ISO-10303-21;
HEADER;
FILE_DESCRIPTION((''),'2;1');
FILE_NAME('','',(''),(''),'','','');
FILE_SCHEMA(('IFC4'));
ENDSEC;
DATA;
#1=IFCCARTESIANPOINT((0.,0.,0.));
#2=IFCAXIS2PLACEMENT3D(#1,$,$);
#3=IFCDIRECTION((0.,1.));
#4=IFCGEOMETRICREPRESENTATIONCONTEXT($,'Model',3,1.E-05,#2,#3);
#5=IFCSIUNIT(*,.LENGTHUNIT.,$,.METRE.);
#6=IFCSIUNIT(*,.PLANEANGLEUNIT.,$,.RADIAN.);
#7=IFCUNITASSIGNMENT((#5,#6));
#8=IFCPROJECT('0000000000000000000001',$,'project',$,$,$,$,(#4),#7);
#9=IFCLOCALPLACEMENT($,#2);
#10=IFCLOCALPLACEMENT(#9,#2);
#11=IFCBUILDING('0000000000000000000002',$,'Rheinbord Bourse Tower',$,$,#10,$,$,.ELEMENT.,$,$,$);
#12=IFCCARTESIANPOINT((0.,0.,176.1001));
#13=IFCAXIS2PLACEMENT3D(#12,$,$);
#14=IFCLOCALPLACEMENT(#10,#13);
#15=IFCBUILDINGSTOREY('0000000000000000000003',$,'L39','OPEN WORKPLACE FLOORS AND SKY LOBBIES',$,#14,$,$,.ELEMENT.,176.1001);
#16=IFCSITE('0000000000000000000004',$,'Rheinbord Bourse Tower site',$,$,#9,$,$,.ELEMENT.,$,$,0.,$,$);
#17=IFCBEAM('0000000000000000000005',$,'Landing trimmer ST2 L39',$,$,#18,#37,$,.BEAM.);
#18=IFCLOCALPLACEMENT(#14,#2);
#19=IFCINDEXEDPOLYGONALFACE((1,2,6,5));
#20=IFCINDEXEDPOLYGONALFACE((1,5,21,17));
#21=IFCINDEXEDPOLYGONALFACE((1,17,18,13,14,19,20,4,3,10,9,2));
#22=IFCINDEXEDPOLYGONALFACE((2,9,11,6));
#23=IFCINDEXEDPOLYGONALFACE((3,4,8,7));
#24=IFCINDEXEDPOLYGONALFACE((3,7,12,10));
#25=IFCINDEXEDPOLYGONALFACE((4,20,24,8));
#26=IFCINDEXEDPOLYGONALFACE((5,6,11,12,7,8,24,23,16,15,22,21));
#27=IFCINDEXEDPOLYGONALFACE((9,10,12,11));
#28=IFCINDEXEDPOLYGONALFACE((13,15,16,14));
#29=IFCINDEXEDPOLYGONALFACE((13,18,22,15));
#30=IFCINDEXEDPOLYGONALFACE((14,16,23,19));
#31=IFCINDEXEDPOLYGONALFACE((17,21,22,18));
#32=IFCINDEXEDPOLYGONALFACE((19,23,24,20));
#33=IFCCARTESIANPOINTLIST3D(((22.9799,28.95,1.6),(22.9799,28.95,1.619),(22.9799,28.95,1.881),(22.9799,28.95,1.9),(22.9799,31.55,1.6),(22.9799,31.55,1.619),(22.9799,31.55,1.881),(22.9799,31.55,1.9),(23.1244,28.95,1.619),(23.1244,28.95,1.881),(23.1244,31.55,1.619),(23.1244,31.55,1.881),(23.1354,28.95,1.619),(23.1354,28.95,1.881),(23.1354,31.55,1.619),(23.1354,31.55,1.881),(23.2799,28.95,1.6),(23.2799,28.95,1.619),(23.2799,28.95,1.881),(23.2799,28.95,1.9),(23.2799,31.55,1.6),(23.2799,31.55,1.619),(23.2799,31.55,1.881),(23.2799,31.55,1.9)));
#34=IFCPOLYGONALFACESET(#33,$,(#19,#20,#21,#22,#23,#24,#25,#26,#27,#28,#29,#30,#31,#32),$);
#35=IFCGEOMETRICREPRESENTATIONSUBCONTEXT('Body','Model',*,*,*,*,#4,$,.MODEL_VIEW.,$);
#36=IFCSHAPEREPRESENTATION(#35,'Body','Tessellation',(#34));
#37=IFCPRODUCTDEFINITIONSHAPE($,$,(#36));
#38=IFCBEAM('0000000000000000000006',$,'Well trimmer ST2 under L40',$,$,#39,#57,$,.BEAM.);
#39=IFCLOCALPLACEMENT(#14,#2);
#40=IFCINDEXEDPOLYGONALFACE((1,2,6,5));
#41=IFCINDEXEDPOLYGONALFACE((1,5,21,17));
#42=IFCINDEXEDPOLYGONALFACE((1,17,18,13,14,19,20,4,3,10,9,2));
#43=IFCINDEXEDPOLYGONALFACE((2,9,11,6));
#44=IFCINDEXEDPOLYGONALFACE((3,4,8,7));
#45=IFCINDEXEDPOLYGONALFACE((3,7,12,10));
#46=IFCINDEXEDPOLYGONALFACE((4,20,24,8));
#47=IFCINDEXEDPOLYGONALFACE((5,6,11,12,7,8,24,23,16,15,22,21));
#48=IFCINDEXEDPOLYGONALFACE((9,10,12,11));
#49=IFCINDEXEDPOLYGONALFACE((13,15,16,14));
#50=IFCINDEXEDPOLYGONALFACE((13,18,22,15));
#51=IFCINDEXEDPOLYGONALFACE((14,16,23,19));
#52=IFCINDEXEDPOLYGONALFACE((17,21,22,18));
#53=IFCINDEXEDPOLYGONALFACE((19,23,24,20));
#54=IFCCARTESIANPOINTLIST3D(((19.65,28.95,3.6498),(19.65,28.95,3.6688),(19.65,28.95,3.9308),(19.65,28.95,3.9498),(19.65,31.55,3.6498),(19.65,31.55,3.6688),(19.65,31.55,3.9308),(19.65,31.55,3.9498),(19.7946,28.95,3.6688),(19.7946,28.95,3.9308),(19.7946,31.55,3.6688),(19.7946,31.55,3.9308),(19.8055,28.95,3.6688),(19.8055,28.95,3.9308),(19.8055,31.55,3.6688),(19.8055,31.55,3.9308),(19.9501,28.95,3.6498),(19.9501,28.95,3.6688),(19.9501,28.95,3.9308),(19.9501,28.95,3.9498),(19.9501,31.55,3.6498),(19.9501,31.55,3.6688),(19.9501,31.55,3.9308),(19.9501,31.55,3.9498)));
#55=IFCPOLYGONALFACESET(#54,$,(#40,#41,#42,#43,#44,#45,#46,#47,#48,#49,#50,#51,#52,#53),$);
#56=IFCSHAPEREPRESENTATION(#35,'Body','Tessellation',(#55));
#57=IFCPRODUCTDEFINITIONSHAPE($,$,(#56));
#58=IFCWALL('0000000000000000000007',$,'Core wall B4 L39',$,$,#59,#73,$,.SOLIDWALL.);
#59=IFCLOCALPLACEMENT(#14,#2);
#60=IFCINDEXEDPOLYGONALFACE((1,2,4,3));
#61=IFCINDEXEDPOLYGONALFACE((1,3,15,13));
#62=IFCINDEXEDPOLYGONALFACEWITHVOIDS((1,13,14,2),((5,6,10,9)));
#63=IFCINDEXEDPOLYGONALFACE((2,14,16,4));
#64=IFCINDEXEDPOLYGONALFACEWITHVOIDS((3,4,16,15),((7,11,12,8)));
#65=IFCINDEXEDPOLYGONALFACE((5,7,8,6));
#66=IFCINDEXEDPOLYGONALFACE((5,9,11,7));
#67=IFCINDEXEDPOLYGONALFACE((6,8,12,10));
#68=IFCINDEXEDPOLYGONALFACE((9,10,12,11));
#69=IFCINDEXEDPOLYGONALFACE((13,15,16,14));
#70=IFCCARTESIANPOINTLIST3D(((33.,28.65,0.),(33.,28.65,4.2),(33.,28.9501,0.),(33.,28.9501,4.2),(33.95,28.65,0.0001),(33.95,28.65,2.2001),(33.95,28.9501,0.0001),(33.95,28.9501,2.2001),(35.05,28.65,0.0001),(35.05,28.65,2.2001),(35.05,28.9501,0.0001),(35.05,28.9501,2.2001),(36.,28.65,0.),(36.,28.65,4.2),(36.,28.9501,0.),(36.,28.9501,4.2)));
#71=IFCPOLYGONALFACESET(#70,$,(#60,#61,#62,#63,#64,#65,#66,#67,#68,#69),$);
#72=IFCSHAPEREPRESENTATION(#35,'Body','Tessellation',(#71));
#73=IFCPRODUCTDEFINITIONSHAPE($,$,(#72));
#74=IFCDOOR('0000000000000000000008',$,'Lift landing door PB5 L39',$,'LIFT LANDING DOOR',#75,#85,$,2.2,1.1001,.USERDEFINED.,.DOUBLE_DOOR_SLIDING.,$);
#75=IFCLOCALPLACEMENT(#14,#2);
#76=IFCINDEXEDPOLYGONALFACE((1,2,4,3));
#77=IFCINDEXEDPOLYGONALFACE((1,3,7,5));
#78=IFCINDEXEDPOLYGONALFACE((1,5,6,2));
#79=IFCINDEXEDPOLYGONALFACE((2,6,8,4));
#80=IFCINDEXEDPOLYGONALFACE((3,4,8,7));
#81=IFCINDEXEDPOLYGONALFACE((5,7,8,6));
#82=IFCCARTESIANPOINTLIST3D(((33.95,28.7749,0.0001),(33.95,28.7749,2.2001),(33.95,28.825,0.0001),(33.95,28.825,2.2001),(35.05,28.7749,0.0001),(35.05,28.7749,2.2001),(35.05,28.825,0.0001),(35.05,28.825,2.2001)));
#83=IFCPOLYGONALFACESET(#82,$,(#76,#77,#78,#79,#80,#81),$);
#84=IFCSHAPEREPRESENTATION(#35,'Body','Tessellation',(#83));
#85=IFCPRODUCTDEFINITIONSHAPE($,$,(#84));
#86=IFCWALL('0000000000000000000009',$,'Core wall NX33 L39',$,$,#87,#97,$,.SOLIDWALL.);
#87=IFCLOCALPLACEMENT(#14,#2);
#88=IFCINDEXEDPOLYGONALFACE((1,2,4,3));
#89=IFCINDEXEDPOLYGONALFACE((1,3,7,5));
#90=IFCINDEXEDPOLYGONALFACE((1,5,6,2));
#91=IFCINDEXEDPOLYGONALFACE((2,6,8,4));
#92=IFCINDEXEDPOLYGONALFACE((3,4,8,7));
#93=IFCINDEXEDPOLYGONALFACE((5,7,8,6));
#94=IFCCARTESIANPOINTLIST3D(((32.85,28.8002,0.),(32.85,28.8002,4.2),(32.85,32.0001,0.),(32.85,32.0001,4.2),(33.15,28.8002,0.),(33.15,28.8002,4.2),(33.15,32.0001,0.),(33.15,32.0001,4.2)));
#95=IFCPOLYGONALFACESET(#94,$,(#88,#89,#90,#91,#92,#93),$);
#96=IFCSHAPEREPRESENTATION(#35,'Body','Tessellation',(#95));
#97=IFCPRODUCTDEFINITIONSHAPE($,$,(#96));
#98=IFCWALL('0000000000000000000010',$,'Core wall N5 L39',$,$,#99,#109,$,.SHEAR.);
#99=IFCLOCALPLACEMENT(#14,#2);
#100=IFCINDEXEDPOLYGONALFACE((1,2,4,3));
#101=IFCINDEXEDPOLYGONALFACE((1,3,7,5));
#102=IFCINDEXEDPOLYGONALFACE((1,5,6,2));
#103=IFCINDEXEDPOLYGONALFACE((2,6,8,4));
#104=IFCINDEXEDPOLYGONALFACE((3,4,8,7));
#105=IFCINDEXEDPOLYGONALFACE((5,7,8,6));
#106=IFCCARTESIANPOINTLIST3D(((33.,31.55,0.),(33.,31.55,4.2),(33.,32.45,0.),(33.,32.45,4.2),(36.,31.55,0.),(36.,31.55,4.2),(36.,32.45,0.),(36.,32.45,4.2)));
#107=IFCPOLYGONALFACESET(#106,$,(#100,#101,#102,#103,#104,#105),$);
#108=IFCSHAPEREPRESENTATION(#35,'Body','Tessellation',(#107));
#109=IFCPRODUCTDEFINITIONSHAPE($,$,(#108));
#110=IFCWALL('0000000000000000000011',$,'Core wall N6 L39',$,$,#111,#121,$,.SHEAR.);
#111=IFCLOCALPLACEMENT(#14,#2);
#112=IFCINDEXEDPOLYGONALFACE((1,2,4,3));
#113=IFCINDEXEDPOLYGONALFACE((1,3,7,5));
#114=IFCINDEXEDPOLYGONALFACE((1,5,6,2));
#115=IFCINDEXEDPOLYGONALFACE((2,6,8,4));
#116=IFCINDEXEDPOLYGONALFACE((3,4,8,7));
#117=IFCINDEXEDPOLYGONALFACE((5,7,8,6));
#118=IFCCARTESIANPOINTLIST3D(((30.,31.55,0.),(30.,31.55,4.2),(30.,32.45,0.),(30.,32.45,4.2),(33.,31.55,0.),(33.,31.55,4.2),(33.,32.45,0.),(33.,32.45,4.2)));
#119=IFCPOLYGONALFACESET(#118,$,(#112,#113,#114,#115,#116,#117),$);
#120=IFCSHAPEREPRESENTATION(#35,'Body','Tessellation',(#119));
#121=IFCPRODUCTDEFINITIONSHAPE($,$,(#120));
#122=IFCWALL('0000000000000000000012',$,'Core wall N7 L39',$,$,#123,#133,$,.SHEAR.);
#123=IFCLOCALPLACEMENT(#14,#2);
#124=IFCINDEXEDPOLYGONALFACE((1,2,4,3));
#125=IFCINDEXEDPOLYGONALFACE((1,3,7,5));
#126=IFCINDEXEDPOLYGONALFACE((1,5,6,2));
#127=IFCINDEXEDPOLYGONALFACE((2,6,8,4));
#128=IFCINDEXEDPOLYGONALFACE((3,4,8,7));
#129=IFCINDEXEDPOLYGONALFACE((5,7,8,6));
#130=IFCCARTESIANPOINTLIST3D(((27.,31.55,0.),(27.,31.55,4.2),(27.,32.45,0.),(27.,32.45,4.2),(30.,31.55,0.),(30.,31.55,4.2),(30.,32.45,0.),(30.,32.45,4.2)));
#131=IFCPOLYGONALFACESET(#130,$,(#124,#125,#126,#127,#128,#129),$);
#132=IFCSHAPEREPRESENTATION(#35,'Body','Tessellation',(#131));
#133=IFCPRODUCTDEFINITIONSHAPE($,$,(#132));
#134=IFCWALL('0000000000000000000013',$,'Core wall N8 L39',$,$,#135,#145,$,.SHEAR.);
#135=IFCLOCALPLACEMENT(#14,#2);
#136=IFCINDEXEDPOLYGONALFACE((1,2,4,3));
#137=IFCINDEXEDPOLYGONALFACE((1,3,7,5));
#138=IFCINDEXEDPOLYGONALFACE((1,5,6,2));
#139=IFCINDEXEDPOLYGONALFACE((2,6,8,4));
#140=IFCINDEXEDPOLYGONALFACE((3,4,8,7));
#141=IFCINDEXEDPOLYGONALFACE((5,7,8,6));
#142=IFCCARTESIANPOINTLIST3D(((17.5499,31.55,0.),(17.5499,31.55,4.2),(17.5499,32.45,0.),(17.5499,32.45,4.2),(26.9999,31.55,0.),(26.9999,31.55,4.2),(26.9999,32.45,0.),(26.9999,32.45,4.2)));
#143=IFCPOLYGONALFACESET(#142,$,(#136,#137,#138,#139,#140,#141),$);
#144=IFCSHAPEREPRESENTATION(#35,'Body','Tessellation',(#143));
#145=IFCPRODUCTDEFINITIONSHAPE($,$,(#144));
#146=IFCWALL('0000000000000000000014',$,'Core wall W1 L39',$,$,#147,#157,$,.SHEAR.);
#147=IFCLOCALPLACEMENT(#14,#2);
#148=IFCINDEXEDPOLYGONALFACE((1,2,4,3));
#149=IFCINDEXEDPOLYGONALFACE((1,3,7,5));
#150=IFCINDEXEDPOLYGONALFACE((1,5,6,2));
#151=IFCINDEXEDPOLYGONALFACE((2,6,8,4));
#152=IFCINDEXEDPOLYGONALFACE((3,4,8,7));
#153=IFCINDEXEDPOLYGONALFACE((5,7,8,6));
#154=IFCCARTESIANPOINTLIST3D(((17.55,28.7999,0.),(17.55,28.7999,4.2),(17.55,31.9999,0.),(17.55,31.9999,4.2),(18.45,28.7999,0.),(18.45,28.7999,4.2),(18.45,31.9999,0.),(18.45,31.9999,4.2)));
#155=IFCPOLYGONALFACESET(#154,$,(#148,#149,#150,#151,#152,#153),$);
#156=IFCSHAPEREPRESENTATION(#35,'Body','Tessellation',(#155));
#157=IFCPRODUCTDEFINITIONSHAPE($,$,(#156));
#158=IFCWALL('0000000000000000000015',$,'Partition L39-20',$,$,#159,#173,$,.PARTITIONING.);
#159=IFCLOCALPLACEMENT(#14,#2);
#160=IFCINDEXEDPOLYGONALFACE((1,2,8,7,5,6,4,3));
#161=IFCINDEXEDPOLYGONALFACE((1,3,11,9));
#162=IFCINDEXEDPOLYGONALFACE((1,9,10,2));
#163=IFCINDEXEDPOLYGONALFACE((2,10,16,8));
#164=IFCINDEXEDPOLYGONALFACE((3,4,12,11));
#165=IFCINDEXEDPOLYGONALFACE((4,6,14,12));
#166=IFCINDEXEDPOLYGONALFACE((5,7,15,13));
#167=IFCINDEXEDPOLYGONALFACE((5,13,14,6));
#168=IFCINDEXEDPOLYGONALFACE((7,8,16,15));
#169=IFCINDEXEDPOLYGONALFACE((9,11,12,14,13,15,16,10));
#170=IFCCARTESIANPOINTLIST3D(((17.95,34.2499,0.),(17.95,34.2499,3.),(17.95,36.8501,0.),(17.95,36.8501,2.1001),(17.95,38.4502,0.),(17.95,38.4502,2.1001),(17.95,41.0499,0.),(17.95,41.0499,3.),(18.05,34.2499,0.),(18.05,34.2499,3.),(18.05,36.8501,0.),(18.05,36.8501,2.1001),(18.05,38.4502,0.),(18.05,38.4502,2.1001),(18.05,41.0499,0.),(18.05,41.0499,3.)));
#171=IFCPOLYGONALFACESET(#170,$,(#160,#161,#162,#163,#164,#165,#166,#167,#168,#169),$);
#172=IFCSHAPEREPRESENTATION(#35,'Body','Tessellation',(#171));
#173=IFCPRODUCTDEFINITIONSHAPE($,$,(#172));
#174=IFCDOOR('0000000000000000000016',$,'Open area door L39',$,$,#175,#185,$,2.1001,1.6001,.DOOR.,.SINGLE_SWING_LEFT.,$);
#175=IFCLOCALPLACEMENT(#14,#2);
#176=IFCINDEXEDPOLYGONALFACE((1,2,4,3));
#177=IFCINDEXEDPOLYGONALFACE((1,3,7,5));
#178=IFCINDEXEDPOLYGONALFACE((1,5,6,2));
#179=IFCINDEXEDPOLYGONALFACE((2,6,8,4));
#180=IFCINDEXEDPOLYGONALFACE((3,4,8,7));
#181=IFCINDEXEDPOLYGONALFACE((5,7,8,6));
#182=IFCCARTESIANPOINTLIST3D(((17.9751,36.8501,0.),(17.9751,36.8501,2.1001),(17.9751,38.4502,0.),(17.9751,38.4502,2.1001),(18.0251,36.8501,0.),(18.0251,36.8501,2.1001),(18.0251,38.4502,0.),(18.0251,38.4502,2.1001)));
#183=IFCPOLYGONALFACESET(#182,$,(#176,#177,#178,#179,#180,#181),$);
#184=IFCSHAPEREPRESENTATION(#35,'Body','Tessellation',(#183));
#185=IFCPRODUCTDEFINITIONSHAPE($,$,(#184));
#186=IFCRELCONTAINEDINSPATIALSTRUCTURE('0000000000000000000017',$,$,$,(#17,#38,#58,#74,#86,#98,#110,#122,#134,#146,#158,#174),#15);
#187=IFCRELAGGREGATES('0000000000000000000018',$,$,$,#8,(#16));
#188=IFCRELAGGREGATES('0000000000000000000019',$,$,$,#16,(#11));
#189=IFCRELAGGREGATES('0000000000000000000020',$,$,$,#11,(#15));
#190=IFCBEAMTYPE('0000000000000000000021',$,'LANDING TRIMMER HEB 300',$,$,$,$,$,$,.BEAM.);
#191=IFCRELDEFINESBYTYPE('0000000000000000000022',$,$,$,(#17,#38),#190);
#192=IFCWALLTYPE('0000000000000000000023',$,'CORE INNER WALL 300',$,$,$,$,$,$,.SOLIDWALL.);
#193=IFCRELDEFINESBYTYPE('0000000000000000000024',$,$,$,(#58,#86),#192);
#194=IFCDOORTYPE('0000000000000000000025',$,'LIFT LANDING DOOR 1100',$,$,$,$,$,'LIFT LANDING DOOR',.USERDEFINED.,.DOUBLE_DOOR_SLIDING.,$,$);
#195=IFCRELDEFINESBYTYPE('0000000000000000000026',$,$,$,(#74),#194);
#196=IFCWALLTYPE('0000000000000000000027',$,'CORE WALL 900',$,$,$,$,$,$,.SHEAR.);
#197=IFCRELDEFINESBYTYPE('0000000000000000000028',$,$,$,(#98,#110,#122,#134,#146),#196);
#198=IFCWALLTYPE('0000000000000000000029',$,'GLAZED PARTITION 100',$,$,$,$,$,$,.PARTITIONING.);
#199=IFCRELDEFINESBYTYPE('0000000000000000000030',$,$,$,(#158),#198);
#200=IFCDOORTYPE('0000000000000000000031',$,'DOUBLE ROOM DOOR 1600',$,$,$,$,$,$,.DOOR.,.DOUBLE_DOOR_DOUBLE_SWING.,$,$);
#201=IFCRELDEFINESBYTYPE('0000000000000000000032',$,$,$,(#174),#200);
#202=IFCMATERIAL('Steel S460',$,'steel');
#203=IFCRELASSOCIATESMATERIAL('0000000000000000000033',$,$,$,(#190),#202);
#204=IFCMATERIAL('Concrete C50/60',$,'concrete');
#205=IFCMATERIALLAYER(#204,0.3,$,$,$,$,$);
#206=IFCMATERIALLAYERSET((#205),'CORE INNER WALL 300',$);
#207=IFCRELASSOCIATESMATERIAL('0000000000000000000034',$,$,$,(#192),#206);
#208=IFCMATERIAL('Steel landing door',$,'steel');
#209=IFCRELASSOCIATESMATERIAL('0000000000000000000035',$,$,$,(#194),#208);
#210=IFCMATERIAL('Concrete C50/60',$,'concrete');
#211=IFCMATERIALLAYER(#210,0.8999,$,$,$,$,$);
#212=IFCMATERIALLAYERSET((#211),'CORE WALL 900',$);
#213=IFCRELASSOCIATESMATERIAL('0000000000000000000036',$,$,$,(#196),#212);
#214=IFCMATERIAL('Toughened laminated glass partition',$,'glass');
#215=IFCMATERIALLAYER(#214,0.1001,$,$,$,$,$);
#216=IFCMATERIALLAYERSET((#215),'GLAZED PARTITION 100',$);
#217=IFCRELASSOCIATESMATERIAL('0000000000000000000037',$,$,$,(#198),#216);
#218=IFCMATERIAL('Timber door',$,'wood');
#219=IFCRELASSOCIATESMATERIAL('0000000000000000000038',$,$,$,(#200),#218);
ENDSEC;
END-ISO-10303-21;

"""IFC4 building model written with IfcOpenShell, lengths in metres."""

from ifc_helpers import new_model, si_unit, direction, frame, frame_2d, origin, origin_2d, place, context, subcontext, project, spatial, rectangle, i_section, extrude, material, layer, layer_set, material_profile, profile_set, type_object, element, fill, save


model = new_model("IFC4")

# Units and contexts
model_context = context("Model", 3, precision=1e-05, world=origin(), true_north=direction((0.0, 1.0)))
body_context = subcontext(model_context, "Body", "Model", "MODEL_VIEW")
ifc_project = project(units=[si_unit("LENGTHUNIT", "METRE"), si_unit("PLANEANGLEUNIT", "RADIAN")], contexts=[model_context])

# Site, building, storey
site_placement = place(None, origin())
site = spatial("IfcSite", under=ifc_project, at=site_placement, Name="Rheinbord Bourse Tower site", CompositionType="ELEMENT", RefElevation=0.0)
building_placement = place(site_placement, origin())
building = spatial("IfcBuilding", under=site, at=building_placement, Name="Rheinbord Bourse Tower", CompositionType="ELEMENT")
storey_placement = place(building_placement, frame((0.0, 0.0, 176.1001)))
storey = spatial("IfcBuildingStorey", under=building, at=storey_placement, Name="L39", Description="OPEN WORKPLACE FLOORS AND SKY LOBBIES", CompositionType="ELEMENT", Elevation=176.1001)

# Beams
ifc_material_1 = material(Name="Steel S460", Category="steel")
ifc_material_profile = material_profile(ifc_material_1, i_section(OverallWidth=0.3, OverallDepth=0.3, WebThickness=0.011, FlangeThickness=0.019, at=origin_2d()), Name="HEB 300")
ifc_profile_set = profile_set([ifc_material_profile], Name="Steel S460")
beam_type = type_object("IfcBeamType", Name="LANDING TRIMMER HEB 300", PredefinedType="BEAM", material=ifc_profile_set)
for number, where, z_axis, x_axis, name in (
    (1, (23.1299, 28.95, 1.75), (0.0, 1.0, 0.0), (-1.0, 0.0, 0.0), "Landing trimmer ST2 L39"),
    (2, (19.8, 28.95, 3.7998), (0.0, 1.0, 0.0), (-1.0, 0.0, 0.0), "Well trimmer ST2 under L40"),
):
    element("IfcBeam", number, at=place(storey_placement, frame(where, z_axis=z_axis, x_axis=x_axis)), inside=storey, type_object=beam_type, Name=name, PredefinedType="BEAM", context=body_context, shape_type="SweptSolid", body=[
        extrude(i_section(OverallWidth=0.3, OverallDepth=0.3, WebThickness=0.011, FlangeThickness=0.019, at=origin_2d()), origin(), (0.0, 0.0, 1.0), 2.6001),
    ])

# Wall, opening, door
ifc_material_2 = material(Name="Concrete C50/60", Category="concrete")
ifc_layer_1 = layer(ifc_material_2, 0.3)
ifc_layer_set_1 = layer_set([ifc_layer_1], Name="CORE INNER WALL 300")
wall_type_1 = type_object("IfcWallType", Name="CORE INNER WALL 300", PredefinedType="SOLIDWALL", material=ifc_layer_set_1)
wall_1_placement = place(storey_placement, frame((33.0, 28.8, 0.0), z_axis=(0.0, 0.0, 1.0), x_axis=(1.0, 0.0, 0.0)))
wall_1 = element("IfcWall", 3, at=wall_1_placement, inside=storey, type_object=wall_type_1, Name="Core wall B4 L39", PredefinedType="SOLIDWALL", context=body_context, shape_type="SweptSolid", body=[
    extrude(rectangle(XDim=3.0, YDim=0.3, at=frame_2d((1.5, 0.0))), origin(), (0.0, 0.0, 1.0), 4.2),
])
opening_1_placement = place(wall_1_placement, frame((0.95, 0.0, 0.0)))
opening_1 = element("IfcOpeningElement", 4, at=opening_1_placement, cuts=wall_1, PredefinedType="OPENING", context=body_context, shape_type="SweptSolid", body=[
    extrude(rectangle(XDim=1.1001, YDim=2.2, at=frame_2d((0.55, 1.1001))), frame((0.0, 0.1599, 0.0), z_axis=(0.0, -1.0, 0.0), x_axis=(1.0, 0.0, 0.0)), (0.0, 0.0, 1.0), 0.3201),
])
ifc_material_3 = material(Name="Steel landing door", Category="steel")
door_type_1 = type_object("IfcDoorType", Name="LIFT LANDING DOOR 1100", ElementType="LIFT LANDING DOOR", OperationType="DOUBLE_DOOR_SLIDING", PredefinedType="USERDEFINED", material=ifc_material_3)
door_1_placement = place(opening_1_placement, origin())
door_1 = element("IfcDoor", 5, at=door_1_placement, inside=storey, type_object=door_type_1, Name="Lift landing door PB5 L39", ObjectType="LIFT LANDING DOOR", OperationType="DOUBLE_DOOR_SLIDING", OverallHeight=2.2, OverallWidth=1.1001, PredefinedType="USERDEFINED", context=body_context, shape_type="SweptSolid", body=[
    extrude(rectangle(XDim=1.1001, YDim=2.2, at=frame_2d((0.55, 1.1001))), frame((0.0, 0.0249, 0.0), z_axis=(0.0, -1.0, 0.0), x_axis=(1.0, 0.0, 0.0)), (0.0, 0.0, 1.0), 0.05),
])
fill(opening_1, door_1)

# Walls
wall_2_placement = place(storey_placement, frame((33.0, 28.8, 0.0), z_axis=(0.0, 0.0, 1.0), x_axis=(0.0, 1.0, 0.0)))
element("IfcWall", 6, at=wall_2_placement, inside=storey, type_object=wall_type_1, Name="Core wall NX33 L39", PredefinedType="SOLIDWALL", context=body_context, shape_type="SweptSolid", body=[
    extrude(rectangle(XDim=3.2, YDim=0.3, at=frame_2d((1.6001, 0.0))), origin(), (0.0, 0.0, 1.0), 4.2),
])
ifc_material_4 = material(Name="Concrete C50/60", Category="concrete")
ifc_layer_2 = layer(ifc_material_4, 0.8999)
ifc_layer_set_2 = layer_set([ifc_layer_2], Name="CORE WALL 900")
wall_type_2 = type_object("IfcWallType", Name="CORE WALL 900", PredefinedType="SHEAR", material=ifc_layer_set_2)
for number, where, z_axis, x_axis, name in (
    (7, (36.0, 32.0, 0.0), (0.0, 0.0, 1.0), (-1.0, 0.0, 0.0), "Core wall N5 L39"),
    (8, (33.0, 32.0, 0.0), (0.0, 0.0, 1.0), (-1.0, 0.0, 0.0), "Core wall N6 L39"),
    (9, (30.0, 32.0, 0.0), (0.0, 0.0, 1.0), (-1.0, 0.0, 0.0), "Core wall N7 L39"),
):
    element("IfcWall", number, at=place(storey_placement, frame(where, z_axis=z_axis, x_axis=x_axis)), inside=storey, type_object=wall_type_2, Name=name, PredefinedType="SHEAR", context=body_context, shape_type="SweptSolid", body=[
        extrude(rectangle(XDim=3.0, YDim=0.8999, at=frame_2d((1.5, 0.0))), origin(), (0.0, 0.0, 1.0), 4.2),
    ])
wall_3_placement = place(storey_placement, frame((27.0, 32.0, 0.0), z_axis=(0.0, 0.0, 1.0), x_axis=(-1.0, 0.0, 0.0)))
element("IfcWall", 10, at=wall_3_placement, inside=storey, type_object=wall_type_2, Name="Core wall N8 L39", PredefinedType="SHEAR", context=body_context, shape_type="SweptSolid", body=[
    extrude(rectangle(XDim=9.45, YDim=0.8999, at=frame_2d((4.7251, 0.0))), origin(), (0.0, 0.0, 1.0), 4.2),
])
wall_4_placement = place(storey_placement, frame((18.0, 32.0, 0.0), z_axis=(0.0, 0.0, 1.0), x_axis=(0.0, -1.0, 0.0)))
element("IfcWall", 11, at=wall_4_placement, inside=storey, type_object=wall_type_2, Name="Core wall W1 L39", PredefinedType="SHEAR", context=body_context, shape_type="SweptSolid", body=[
    extrude(rectangle(XDim=3.2, YDim=0.8999, at=frame_2d((1.6001, 0.0))), origin(), (0.0, 0.0, 1.0), 4.2),
])

# Wall, opening, door
ifc_material_5 = material(Name="Toughened laminated glass partition", Category="glass")
ifc_layer_3 = layer(ifc_material_5, 0.1001)
ifc_layer_set_3 = layer_set([ifc_layer_3], Name="GLAZED PARTITION 100")
wall_type_3 = type_object("IfcWallType", Name="GLAZED PARTITION 100", PredefinedType="PARTITIONING", material=ifc_layer_set_3)
wall_5_placement = place(storey_placement, frame((18.0, 34.25, 0.0), z_axis=(0.0, 0.0, 1.0), x_axis=(0.0, 1.0, 0.0)))
wall_5 = element("IfcWall", 12, at=wall_5_placement, inside=storey, type_object=wall_type_3, Name="Partition L39-20", PredefinedType="PARTITIONING", context=body_context, shape_type="SweptSolid", body=[
    extrude(rectangle(XDim=6.8, YDim=0.1001, at=frame_2d((3.3999, 0.0))), origin(), (0.0, 0.0, 1.0), 3.0),
])
opening_2_placement = place(wall_5_placement, frame((2.6001, 0.0, 0.0)))
opening_2 = element("IfcOpeningElement", 13, at=opening_2_placement, cuts=wall_5, PredefinedType="OPENING", context=body_context, shape_type="SweptSolid", body=[
    extrude(rectangle(XDim=1.6001, YDim=2.1001, at=frame_2d((0.8, 1.05))), frame((0.0, 0.0601, 0.0), z_axis=(0.0, -1.0, 0.0), x_axis=(1.0, 0.0, 0.0)), (0.0, 0.0, 1.0), 0.1201),
])
ifc_material_6 = material(Name="Timber door", Category="wood")
door_type_2 = type_object("IfcDoorType", Name="DOUBLE ROOM DOOR 1600", OperationType="DOUBLE_DOOR_DOUBLE_SWING", PredefinedType="DOOR", material=ifc_material_6)
door_2_placement = place(opening_2_placement, origin())
door_2 = element("IfcDoor", 14, at=door_2_placement, inside=storey, type_object=door_type_2, Name="Open area door L39", OperationType="SINGLE_SWING_LEFT", OverallHeight=2.1001, OverallWidth=1.6001, PredefinedType="DOOR", context=body_context, shape_type="SweptSolid", body=[
    extrude(rectangle(XDim=1.6001, YDim=2.1001, at=frame_2d((0.8, 1.05))), frame((0.0, 0.0249, 0.0), z_axis=(0.0, -1.0, 0.0), x_axis=(1.0, 0.0, 0.0)), (0.0, 0.0, 1.0), 0.05),
])
fill(opening_2, door_2)

save(model, "model.ifc")
